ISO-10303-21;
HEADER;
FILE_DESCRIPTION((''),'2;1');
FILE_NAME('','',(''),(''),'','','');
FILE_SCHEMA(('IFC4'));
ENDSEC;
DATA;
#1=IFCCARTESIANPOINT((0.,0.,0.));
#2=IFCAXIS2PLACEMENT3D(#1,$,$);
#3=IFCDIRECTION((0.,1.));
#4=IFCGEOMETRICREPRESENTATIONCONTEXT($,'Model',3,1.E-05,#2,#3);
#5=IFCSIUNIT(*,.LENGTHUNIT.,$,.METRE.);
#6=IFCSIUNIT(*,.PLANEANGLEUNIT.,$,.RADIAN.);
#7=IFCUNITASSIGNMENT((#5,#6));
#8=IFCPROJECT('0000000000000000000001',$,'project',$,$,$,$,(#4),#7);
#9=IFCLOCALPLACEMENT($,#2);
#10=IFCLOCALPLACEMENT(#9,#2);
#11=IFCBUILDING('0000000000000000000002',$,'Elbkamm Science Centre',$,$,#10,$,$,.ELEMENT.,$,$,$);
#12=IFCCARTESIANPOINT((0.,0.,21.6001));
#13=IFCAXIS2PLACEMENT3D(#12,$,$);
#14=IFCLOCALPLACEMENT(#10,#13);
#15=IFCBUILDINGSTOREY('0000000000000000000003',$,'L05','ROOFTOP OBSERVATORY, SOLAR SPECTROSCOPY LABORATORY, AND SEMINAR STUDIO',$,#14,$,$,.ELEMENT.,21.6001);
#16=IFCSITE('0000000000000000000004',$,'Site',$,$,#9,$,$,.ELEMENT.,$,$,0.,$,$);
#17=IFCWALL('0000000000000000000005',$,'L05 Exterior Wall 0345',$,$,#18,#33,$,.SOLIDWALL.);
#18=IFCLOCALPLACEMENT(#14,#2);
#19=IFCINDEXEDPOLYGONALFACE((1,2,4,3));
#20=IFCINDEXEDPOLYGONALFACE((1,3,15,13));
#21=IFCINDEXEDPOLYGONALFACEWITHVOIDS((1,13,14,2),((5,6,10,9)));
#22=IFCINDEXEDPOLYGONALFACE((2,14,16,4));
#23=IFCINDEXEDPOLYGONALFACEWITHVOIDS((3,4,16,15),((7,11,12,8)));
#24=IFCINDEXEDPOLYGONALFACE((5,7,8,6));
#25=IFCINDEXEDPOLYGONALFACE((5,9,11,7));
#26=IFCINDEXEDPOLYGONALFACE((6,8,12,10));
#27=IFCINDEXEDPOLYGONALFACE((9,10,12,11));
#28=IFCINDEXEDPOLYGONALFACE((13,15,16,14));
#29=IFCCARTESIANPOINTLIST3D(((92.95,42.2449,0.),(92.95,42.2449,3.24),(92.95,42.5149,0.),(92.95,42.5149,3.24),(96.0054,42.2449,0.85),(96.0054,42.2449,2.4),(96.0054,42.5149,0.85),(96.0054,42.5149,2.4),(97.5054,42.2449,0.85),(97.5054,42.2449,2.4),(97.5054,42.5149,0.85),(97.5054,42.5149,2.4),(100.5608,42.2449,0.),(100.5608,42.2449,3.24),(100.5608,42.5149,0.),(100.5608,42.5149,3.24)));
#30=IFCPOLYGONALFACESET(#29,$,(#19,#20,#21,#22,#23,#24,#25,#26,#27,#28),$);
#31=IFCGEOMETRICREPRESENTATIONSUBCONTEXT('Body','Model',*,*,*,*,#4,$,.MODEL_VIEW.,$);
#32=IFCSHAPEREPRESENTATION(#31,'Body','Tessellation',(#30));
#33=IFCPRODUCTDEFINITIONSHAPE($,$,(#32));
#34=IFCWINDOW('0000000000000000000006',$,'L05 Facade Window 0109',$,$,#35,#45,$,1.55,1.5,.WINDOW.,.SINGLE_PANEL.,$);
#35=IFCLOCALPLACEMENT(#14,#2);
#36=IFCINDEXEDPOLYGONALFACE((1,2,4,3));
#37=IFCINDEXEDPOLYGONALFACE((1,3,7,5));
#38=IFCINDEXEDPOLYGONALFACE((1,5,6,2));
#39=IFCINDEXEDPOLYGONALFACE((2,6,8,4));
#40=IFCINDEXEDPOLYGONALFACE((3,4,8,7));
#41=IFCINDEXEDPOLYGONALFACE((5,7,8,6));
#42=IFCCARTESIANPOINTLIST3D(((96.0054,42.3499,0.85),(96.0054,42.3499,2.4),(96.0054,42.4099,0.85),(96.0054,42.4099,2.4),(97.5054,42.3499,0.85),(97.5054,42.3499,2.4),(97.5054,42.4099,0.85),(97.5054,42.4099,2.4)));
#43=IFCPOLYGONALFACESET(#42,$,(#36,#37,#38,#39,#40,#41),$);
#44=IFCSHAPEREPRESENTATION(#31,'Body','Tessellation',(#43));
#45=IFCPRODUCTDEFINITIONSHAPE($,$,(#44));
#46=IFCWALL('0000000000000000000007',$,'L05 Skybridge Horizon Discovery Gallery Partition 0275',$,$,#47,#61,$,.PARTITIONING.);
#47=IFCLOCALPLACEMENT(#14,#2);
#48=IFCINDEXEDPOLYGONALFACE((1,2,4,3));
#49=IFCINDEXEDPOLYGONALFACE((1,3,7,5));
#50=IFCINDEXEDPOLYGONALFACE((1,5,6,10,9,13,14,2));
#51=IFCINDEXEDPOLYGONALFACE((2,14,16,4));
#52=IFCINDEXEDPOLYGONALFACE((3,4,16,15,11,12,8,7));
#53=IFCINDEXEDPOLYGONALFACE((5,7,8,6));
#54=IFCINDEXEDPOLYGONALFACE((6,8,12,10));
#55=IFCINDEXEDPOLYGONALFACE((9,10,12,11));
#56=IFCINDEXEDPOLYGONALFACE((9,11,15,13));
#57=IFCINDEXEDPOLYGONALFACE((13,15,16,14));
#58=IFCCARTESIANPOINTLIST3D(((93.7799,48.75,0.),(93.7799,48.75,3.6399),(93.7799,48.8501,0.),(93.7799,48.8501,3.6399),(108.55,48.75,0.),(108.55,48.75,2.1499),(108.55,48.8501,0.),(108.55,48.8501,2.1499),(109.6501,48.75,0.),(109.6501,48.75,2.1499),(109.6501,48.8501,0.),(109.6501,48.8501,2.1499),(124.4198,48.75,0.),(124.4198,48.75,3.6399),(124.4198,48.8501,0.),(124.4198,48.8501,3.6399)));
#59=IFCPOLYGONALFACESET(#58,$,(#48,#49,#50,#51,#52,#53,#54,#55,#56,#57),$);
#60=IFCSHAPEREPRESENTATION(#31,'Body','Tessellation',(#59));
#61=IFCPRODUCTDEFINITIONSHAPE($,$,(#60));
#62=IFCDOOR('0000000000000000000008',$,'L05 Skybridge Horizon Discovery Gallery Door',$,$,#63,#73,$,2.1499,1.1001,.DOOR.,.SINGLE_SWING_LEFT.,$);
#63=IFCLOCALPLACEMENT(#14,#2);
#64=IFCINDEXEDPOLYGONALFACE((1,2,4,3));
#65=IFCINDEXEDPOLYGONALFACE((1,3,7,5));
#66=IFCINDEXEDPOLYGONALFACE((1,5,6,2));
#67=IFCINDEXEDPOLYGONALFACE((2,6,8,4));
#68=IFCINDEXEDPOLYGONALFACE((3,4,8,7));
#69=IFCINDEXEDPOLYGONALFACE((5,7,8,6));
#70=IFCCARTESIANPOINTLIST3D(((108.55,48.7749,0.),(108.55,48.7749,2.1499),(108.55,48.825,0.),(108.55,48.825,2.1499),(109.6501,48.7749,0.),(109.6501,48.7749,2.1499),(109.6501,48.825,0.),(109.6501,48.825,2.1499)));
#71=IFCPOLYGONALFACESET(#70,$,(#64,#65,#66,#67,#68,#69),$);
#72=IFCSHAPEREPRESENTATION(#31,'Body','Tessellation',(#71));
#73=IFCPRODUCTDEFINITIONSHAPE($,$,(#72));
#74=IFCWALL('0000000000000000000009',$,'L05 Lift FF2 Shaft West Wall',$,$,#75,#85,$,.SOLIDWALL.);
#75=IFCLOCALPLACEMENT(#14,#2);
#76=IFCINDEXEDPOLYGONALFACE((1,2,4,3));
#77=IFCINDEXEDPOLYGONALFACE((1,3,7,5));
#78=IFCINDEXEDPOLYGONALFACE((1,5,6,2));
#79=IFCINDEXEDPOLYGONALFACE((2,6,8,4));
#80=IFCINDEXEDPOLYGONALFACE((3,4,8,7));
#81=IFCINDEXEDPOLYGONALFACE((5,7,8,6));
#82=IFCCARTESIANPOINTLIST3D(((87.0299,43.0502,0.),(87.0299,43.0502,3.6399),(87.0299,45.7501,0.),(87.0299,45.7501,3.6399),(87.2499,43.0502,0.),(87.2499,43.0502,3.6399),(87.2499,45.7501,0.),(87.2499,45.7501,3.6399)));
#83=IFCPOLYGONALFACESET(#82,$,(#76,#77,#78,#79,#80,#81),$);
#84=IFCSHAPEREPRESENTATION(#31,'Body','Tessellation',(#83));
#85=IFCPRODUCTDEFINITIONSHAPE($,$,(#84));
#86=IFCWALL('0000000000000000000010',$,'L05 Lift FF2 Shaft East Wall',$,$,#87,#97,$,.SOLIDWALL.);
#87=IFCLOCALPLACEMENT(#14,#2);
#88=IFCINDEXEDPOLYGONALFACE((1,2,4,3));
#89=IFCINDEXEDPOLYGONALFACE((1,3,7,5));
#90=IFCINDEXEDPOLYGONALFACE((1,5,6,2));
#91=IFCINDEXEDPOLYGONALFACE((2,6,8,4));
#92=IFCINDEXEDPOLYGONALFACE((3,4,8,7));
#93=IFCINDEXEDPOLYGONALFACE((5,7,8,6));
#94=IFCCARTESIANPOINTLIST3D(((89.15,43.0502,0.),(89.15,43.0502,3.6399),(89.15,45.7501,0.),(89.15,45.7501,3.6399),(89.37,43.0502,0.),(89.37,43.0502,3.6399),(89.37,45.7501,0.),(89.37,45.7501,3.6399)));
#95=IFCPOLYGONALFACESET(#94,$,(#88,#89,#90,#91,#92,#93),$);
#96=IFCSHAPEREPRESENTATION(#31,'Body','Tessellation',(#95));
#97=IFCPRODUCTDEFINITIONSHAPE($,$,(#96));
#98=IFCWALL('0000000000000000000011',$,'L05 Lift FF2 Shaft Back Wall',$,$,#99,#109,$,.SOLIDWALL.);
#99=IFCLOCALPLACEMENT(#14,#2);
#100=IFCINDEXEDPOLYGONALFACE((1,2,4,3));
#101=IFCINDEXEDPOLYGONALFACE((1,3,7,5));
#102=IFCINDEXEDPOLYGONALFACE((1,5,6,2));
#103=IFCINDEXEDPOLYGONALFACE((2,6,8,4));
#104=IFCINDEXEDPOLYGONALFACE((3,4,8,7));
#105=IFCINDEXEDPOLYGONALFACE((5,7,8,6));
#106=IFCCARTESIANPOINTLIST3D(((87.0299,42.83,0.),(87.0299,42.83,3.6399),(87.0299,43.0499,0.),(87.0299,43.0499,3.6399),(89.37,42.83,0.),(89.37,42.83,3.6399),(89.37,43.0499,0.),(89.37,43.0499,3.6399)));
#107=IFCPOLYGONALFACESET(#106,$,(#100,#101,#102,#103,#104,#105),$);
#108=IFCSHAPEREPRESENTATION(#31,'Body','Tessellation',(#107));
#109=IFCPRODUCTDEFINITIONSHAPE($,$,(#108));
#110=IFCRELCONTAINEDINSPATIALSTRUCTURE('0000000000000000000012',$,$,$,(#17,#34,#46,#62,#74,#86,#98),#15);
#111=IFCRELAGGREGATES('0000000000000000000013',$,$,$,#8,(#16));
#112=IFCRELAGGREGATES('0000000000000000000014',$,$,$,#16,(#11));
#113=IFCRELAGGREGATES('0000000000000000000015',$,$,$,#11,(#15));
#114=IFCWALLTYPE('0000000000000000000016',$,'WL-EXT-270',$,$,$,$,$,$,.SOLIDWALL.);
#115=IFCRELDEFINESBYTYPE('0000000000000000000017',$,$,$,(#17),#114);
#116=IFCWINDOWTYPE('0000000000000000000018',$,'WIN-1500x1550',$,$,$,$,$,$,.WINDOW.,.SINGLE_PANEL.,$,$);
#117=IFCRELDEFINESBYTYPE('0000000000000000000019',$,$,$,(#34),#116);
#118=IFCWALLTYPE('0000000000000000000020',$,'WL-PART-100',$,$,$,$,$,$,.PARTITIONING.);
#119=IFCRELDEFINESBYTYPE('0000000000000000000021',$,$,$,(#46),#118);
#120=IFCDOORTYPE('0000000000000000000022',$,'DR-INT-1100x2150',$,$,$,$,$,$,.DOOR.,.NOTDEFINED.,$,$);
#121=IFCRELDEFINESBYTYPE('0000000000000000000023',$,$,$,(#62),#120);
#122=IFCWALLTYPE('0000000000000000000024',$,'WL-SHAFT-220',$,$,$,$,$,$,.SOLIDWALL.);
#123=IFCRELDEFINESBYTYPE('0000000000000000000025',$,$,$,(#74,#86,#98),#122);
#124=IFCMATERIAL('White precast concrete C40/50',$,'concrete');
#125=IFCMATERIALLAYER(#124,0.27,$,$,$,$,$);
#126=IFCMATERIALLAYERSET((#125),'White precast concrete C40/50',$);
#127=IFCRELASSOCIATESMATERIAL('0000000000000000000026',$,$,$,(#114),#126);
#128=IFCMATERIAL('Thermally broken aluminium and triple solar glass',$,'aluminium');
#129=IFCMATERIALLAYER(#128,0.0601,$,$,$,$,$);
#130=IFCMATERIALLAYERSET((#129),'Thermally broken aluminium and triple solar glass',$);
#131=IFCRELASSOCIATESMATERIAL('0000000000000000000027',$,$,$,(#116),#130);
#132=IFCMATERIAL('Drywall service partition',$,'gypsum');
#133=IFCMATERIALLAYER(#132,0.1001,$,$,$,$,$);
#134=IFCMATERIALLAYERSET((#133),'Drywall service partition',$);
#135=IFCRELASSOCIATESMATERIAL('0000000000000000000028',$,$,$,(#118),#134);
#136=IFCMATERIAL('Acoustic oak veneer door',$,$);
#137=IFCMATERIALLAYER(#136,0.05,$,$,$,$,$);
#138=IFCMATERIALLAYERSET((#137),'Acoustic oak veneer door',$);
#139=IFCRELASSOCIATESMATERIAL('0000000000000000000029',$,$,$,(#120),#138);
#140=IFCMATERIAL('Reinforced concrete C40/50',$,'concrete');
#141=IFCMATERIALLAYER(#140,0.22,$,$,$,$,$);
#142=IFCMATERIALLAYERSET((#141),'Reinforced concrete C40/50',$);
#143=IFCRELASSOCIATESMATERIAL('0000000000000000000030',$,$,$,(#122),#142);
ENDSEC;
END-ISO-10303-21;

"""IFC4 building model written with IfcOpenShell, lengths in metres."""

from ifc_helpers import new_model, si_unit, direction, frame, frame_2d, origin, place, context, subcontext, project, spatial, rectangle, extrude, material, layer, layer_set, type_object, element, fill, save


model = new_model("IFC4")

# Units and contexts
model_context = context("Model", 3, precision=1e-05, world=origin(), true_north=direction((0.0, 1.0)))
body_context = subcontext(model_context, "Body", "Model", "MODEL_VIEW")
ifc_project = project(units=[si_unit("LENGTHUNIT", "METRE"), si_unit("PLANEANGLEUNIT", "RADIAN")], contexts=[model_context])

# Site, building, storey
site_placement = place(None, origin())
site = spatial("IfcSite", under=ifc_project, at=site_placement, Name="Site", CompositionType="ELEMENT", RefElevation=0.0)
building_placement = place(site_placement, origin())
building = spatial("IfcBuilding", under=site, at=building_placement, Name="Elbkamm Science Centre", CompositionType="ELEMENT")
storey_placement = place(building_placement, frame((0.0, 0.0, 21.6001)))
storey = spatial("IfcBuildingStorey", under=building, at=storey_placement, Name="L05", Description="ROOFTOP OBSERVATORY, SOLAR SPECTROSCOPY LABORATORY, AND SEMINAR STUDIO", CompositionType="ELEMENT", Elevation=21.6001)

# Shared definitions
ifc_material_1 = material(Name="Reinforced concrete C40/50", Category="concrete")

# Wall, opening, window
ifc_material_2 = material(Name="White precast concrete C40/50", Category="concrete")
ifc_layer_1 = layer(ifc_material_2, 0.27)
ifc_layer_set_1 = layer_set([ifc_layer_1], Name="White precast concrete C40/50")
wall_type_1 = type_object("IfcWallType", Name="WL-EXT-270", PredefinedType="SOLIDWALL", material=ifc_layer_set_1)
wall_1_placement = place(storey_placement, frame((100.5608, 42.3799, 0.0), z_axis=(0.0, 0.0, 1.0), x_axis=(-1.0, 0.0, 0.0)))
wall_1 = element("IfcWall", 1, at=wall_1_placement, inside=storey, type_object=wall_type_1, Name="L05 Exterior Wall 0345", PredefinedType="SOLIDWALL", context=body_context, shape_type="SweptSolid", body=[
    extrude(rectangle(XDim=7.6108, YDim=0.27, at=frame_2d((3.8054, 0.0))), origin(), (0.0, 0.0, 1.0), 3.24),
])
opening_1_placement = place(wall_1_placement, frame((3.0554, 0.0, 0.8501)))
opening_1 = element("IfcOpeningElement", 2, at=opening_1_placement, cuts=wall_1, PredefinedType="OPENING", context=body_context, shape_type="SweptSolid", body=[
    extrude(rectangle(XDim=1.5, YDim=1.55, at=frame_2d((0.75, 0.7749))), frame((0.0, 0.147, 0.0), z_axis=(0.0, -1.0, 0.0), x_axis=(1.0, 0.0, 0.0)), (0.0, 0.0, 1.0), 0.2939),
])
ifc_material_3 = material(Name="Thermally broken aluminium and triple solar glass", Category="aluminium")
ifc_layer_2 = layer(ifc_material_3, 0.0601)
ifc_layer_set_2 = layer_set([ifc_layer_2], Name="Thermally broken aluminium and triple solar glass")
window_type = type_object("IfcWindowType", Name="WIN-1500x1550", PartitioningType="SINGLE_PANEL", PredefinedType="WINDOW", material=ifc_layer_set_2)
window_placement = place(opening_1_placement, origin())
window = element("IfcWindow", 3, at=window_placement, inside=storey, type_object=window_type, Name="L05 Facade Window 0109", OverallHeight=1.55, OverallWidth=1.5, PartitioningType="SINGLE_PANEL", PredefinedType="WINDOW", context=body_context, shape_type="SweptSolid", body=[
    extrude(rectangle(XDim=1.5, YDim=1.55, at=frame_2d((0.75, 0.7749))), frame((0.0, 0.03, 0.0), z_axis=(0.0, -1.0, 0.0), x_axis=(1.0, 0.0, 0.0)), (0.0, 0.0, 1.0), 0.0601),
])
fill(opening_1, window)

# Wall, opening, door
ifc_material_4 = material(Name="Drywall service partition", Category="gypsum")
ifc_layer_3 = layer(ifc_material_4, 0.1001)
ifc_layer_set_3 = layer_set([ifc_layer_3], Name="Drywall service partition")
wall_type_2 = type_object("IfcWallType", Name="WL-PART-100", PredefinedType="PARTITIONING", material=ifc_layer_set_3)
wall_2_placement = place(storey_placement, frame((93.78, 48.8, 0.0), z_axis=(0.0, 0.0, 1.0), x_axis=(1.0, 0.0, 0.0)))
wall_2 = element("IfcWall", 4, at=wall_2_placement, inside=storey, type_object=wall_type_2, Name="L05 Skybridge Horizon Discovery Gallery Partition 0275", PredefinedType="PARTITIONING", context=body_context, shape_type="SweptSolid", body=[
    extrude(rectangle(XDim=30.6399, YDim=0.1001, at=frame_2d((15.3198, 0.0))), origin(), (0.0, 0.0, 1.0), 3.6399),
])
opening_2_placement = place(wall_2_placement, frame((14.77, 0.0, 0.0)))
opening_2 = element("IfcOpeningElement", 5, at=opening_2_placement, cuts=wall_2, PredefinedType="OPENING", context=body_context, shape_type="SweptSolid", body=[
    extrude(rectangle(XDim=1.1001, YDim=2.1499, at=frame_2d((0.55, 1.075))), frame((0.0, 0.062, 0.0), z_axis=(0.0, -1.0, 0.0), x_axis=(1.0, 0.0, 0.0)), (0.0, 0.0, 1.0), 0.124),
])
ifc_material_5 = material(Name="Acoustic oak veneer door")
ifc_layer_4 = layer(ifc_material_5, 0.05)
ifc_layer_set_4 = layer_set([ifc_layer_4], Name="Acoustic oak veneer door")
door_type_1 = type_object("IfcDoorType", Name="DR-INT-1100x2150", OperationType="NOTDEFINED", PredefinedType="DOOR", material=ifc_layer_set_4)
door_1_placement = place(opening_2_placement, origin())
door_1 = element("IfcDoor", 6, at=door_1_placement, inside=storey, type_object=door_type_1, Name="L05 Skybridge Horizon Discovery Gallery Door", OperationType="SINGLE_SWING_LEFT", OverallHeight=2.1499, OverallWidth=1.1001, PredefinedType="DOOR", context=body_context, shape_type="SweptSolid", body=[
    extrude(rectangle(XDim=1.1001, YDim=2.1499, at=frame_2d((0.55, 1.075))), frame((0.0, 0.0249, 0.0), z_axis=(0.0, -1.0, 0.0), x_axis=(1.0, 0.0, 0.0)), (0.0, 0.0, 1.0), 0.05),
])
fill(opening_2, door_1)

# Walls
ifc_layer_5 = layer(ifc_material_1, 0.22)
ifc_layer_set_5 = layer_set([ifc_layer_5], Name="Reinforced concrete C40/50")
wall_type_3 = type_object("IfcWallType", Name="WL-SHAFT-220", PredefinedType="SOLIDWALL", material=ifc_layer_set_5)
for number, where, z_axis, x_axis, name in (
    (7, (87.1399, 43.05, 0.0), (0.0, 0.0, 1.0), (0.0, 1.0, 0.0), "L05 Lift FF2 Shaft West Wall"),
    (8, (89.26, 43.05, 0.0), (0.0, 0.0, 1.0), (0.0, 1.0, 0.0), "L05 Lift FF2 Shaft East Wall"),
):
    element("IfcWall", number, at=place(storey_placement, frame(where, z_axis=z_axis, x_axis=x_axis)), inside=storey, type_object=wall_type_3, Name=name, PredefinedType="SOLIDWALL", context=body_context, shape_type="SweptSolid", body=[
        extrude(rectangle(XDim=2.7, YDim=0.22, at=frame_2d((1.3501, 0.0))), origin(), (0.0, 0.0, 1.0), 3.6399),
    ])
wall_3_placement = place(storey_placement, frame((87.03, 42.9399, 0.0), z_axis=(0.0, 0.0, 1.0), x_axis=(1.0, 0.0, 0.0)))
element("IfcWall", 9, at=wall_3_placement, inside=storey, type_object=wall_type_3, Name="L05 Lift FF2 Shaft Back Wall", PredefinedType="SOLIDWALL", context=body_context, shape_type="SweptSolid", body=[
    extrude(rectangle(XDim=2.3401, YDim=0.22, at=frame_2d((1.1699, 0.0))), origin(), (0.0, 0.0, 1.0), 3.6399),
])

save(model, "model.ifc")
